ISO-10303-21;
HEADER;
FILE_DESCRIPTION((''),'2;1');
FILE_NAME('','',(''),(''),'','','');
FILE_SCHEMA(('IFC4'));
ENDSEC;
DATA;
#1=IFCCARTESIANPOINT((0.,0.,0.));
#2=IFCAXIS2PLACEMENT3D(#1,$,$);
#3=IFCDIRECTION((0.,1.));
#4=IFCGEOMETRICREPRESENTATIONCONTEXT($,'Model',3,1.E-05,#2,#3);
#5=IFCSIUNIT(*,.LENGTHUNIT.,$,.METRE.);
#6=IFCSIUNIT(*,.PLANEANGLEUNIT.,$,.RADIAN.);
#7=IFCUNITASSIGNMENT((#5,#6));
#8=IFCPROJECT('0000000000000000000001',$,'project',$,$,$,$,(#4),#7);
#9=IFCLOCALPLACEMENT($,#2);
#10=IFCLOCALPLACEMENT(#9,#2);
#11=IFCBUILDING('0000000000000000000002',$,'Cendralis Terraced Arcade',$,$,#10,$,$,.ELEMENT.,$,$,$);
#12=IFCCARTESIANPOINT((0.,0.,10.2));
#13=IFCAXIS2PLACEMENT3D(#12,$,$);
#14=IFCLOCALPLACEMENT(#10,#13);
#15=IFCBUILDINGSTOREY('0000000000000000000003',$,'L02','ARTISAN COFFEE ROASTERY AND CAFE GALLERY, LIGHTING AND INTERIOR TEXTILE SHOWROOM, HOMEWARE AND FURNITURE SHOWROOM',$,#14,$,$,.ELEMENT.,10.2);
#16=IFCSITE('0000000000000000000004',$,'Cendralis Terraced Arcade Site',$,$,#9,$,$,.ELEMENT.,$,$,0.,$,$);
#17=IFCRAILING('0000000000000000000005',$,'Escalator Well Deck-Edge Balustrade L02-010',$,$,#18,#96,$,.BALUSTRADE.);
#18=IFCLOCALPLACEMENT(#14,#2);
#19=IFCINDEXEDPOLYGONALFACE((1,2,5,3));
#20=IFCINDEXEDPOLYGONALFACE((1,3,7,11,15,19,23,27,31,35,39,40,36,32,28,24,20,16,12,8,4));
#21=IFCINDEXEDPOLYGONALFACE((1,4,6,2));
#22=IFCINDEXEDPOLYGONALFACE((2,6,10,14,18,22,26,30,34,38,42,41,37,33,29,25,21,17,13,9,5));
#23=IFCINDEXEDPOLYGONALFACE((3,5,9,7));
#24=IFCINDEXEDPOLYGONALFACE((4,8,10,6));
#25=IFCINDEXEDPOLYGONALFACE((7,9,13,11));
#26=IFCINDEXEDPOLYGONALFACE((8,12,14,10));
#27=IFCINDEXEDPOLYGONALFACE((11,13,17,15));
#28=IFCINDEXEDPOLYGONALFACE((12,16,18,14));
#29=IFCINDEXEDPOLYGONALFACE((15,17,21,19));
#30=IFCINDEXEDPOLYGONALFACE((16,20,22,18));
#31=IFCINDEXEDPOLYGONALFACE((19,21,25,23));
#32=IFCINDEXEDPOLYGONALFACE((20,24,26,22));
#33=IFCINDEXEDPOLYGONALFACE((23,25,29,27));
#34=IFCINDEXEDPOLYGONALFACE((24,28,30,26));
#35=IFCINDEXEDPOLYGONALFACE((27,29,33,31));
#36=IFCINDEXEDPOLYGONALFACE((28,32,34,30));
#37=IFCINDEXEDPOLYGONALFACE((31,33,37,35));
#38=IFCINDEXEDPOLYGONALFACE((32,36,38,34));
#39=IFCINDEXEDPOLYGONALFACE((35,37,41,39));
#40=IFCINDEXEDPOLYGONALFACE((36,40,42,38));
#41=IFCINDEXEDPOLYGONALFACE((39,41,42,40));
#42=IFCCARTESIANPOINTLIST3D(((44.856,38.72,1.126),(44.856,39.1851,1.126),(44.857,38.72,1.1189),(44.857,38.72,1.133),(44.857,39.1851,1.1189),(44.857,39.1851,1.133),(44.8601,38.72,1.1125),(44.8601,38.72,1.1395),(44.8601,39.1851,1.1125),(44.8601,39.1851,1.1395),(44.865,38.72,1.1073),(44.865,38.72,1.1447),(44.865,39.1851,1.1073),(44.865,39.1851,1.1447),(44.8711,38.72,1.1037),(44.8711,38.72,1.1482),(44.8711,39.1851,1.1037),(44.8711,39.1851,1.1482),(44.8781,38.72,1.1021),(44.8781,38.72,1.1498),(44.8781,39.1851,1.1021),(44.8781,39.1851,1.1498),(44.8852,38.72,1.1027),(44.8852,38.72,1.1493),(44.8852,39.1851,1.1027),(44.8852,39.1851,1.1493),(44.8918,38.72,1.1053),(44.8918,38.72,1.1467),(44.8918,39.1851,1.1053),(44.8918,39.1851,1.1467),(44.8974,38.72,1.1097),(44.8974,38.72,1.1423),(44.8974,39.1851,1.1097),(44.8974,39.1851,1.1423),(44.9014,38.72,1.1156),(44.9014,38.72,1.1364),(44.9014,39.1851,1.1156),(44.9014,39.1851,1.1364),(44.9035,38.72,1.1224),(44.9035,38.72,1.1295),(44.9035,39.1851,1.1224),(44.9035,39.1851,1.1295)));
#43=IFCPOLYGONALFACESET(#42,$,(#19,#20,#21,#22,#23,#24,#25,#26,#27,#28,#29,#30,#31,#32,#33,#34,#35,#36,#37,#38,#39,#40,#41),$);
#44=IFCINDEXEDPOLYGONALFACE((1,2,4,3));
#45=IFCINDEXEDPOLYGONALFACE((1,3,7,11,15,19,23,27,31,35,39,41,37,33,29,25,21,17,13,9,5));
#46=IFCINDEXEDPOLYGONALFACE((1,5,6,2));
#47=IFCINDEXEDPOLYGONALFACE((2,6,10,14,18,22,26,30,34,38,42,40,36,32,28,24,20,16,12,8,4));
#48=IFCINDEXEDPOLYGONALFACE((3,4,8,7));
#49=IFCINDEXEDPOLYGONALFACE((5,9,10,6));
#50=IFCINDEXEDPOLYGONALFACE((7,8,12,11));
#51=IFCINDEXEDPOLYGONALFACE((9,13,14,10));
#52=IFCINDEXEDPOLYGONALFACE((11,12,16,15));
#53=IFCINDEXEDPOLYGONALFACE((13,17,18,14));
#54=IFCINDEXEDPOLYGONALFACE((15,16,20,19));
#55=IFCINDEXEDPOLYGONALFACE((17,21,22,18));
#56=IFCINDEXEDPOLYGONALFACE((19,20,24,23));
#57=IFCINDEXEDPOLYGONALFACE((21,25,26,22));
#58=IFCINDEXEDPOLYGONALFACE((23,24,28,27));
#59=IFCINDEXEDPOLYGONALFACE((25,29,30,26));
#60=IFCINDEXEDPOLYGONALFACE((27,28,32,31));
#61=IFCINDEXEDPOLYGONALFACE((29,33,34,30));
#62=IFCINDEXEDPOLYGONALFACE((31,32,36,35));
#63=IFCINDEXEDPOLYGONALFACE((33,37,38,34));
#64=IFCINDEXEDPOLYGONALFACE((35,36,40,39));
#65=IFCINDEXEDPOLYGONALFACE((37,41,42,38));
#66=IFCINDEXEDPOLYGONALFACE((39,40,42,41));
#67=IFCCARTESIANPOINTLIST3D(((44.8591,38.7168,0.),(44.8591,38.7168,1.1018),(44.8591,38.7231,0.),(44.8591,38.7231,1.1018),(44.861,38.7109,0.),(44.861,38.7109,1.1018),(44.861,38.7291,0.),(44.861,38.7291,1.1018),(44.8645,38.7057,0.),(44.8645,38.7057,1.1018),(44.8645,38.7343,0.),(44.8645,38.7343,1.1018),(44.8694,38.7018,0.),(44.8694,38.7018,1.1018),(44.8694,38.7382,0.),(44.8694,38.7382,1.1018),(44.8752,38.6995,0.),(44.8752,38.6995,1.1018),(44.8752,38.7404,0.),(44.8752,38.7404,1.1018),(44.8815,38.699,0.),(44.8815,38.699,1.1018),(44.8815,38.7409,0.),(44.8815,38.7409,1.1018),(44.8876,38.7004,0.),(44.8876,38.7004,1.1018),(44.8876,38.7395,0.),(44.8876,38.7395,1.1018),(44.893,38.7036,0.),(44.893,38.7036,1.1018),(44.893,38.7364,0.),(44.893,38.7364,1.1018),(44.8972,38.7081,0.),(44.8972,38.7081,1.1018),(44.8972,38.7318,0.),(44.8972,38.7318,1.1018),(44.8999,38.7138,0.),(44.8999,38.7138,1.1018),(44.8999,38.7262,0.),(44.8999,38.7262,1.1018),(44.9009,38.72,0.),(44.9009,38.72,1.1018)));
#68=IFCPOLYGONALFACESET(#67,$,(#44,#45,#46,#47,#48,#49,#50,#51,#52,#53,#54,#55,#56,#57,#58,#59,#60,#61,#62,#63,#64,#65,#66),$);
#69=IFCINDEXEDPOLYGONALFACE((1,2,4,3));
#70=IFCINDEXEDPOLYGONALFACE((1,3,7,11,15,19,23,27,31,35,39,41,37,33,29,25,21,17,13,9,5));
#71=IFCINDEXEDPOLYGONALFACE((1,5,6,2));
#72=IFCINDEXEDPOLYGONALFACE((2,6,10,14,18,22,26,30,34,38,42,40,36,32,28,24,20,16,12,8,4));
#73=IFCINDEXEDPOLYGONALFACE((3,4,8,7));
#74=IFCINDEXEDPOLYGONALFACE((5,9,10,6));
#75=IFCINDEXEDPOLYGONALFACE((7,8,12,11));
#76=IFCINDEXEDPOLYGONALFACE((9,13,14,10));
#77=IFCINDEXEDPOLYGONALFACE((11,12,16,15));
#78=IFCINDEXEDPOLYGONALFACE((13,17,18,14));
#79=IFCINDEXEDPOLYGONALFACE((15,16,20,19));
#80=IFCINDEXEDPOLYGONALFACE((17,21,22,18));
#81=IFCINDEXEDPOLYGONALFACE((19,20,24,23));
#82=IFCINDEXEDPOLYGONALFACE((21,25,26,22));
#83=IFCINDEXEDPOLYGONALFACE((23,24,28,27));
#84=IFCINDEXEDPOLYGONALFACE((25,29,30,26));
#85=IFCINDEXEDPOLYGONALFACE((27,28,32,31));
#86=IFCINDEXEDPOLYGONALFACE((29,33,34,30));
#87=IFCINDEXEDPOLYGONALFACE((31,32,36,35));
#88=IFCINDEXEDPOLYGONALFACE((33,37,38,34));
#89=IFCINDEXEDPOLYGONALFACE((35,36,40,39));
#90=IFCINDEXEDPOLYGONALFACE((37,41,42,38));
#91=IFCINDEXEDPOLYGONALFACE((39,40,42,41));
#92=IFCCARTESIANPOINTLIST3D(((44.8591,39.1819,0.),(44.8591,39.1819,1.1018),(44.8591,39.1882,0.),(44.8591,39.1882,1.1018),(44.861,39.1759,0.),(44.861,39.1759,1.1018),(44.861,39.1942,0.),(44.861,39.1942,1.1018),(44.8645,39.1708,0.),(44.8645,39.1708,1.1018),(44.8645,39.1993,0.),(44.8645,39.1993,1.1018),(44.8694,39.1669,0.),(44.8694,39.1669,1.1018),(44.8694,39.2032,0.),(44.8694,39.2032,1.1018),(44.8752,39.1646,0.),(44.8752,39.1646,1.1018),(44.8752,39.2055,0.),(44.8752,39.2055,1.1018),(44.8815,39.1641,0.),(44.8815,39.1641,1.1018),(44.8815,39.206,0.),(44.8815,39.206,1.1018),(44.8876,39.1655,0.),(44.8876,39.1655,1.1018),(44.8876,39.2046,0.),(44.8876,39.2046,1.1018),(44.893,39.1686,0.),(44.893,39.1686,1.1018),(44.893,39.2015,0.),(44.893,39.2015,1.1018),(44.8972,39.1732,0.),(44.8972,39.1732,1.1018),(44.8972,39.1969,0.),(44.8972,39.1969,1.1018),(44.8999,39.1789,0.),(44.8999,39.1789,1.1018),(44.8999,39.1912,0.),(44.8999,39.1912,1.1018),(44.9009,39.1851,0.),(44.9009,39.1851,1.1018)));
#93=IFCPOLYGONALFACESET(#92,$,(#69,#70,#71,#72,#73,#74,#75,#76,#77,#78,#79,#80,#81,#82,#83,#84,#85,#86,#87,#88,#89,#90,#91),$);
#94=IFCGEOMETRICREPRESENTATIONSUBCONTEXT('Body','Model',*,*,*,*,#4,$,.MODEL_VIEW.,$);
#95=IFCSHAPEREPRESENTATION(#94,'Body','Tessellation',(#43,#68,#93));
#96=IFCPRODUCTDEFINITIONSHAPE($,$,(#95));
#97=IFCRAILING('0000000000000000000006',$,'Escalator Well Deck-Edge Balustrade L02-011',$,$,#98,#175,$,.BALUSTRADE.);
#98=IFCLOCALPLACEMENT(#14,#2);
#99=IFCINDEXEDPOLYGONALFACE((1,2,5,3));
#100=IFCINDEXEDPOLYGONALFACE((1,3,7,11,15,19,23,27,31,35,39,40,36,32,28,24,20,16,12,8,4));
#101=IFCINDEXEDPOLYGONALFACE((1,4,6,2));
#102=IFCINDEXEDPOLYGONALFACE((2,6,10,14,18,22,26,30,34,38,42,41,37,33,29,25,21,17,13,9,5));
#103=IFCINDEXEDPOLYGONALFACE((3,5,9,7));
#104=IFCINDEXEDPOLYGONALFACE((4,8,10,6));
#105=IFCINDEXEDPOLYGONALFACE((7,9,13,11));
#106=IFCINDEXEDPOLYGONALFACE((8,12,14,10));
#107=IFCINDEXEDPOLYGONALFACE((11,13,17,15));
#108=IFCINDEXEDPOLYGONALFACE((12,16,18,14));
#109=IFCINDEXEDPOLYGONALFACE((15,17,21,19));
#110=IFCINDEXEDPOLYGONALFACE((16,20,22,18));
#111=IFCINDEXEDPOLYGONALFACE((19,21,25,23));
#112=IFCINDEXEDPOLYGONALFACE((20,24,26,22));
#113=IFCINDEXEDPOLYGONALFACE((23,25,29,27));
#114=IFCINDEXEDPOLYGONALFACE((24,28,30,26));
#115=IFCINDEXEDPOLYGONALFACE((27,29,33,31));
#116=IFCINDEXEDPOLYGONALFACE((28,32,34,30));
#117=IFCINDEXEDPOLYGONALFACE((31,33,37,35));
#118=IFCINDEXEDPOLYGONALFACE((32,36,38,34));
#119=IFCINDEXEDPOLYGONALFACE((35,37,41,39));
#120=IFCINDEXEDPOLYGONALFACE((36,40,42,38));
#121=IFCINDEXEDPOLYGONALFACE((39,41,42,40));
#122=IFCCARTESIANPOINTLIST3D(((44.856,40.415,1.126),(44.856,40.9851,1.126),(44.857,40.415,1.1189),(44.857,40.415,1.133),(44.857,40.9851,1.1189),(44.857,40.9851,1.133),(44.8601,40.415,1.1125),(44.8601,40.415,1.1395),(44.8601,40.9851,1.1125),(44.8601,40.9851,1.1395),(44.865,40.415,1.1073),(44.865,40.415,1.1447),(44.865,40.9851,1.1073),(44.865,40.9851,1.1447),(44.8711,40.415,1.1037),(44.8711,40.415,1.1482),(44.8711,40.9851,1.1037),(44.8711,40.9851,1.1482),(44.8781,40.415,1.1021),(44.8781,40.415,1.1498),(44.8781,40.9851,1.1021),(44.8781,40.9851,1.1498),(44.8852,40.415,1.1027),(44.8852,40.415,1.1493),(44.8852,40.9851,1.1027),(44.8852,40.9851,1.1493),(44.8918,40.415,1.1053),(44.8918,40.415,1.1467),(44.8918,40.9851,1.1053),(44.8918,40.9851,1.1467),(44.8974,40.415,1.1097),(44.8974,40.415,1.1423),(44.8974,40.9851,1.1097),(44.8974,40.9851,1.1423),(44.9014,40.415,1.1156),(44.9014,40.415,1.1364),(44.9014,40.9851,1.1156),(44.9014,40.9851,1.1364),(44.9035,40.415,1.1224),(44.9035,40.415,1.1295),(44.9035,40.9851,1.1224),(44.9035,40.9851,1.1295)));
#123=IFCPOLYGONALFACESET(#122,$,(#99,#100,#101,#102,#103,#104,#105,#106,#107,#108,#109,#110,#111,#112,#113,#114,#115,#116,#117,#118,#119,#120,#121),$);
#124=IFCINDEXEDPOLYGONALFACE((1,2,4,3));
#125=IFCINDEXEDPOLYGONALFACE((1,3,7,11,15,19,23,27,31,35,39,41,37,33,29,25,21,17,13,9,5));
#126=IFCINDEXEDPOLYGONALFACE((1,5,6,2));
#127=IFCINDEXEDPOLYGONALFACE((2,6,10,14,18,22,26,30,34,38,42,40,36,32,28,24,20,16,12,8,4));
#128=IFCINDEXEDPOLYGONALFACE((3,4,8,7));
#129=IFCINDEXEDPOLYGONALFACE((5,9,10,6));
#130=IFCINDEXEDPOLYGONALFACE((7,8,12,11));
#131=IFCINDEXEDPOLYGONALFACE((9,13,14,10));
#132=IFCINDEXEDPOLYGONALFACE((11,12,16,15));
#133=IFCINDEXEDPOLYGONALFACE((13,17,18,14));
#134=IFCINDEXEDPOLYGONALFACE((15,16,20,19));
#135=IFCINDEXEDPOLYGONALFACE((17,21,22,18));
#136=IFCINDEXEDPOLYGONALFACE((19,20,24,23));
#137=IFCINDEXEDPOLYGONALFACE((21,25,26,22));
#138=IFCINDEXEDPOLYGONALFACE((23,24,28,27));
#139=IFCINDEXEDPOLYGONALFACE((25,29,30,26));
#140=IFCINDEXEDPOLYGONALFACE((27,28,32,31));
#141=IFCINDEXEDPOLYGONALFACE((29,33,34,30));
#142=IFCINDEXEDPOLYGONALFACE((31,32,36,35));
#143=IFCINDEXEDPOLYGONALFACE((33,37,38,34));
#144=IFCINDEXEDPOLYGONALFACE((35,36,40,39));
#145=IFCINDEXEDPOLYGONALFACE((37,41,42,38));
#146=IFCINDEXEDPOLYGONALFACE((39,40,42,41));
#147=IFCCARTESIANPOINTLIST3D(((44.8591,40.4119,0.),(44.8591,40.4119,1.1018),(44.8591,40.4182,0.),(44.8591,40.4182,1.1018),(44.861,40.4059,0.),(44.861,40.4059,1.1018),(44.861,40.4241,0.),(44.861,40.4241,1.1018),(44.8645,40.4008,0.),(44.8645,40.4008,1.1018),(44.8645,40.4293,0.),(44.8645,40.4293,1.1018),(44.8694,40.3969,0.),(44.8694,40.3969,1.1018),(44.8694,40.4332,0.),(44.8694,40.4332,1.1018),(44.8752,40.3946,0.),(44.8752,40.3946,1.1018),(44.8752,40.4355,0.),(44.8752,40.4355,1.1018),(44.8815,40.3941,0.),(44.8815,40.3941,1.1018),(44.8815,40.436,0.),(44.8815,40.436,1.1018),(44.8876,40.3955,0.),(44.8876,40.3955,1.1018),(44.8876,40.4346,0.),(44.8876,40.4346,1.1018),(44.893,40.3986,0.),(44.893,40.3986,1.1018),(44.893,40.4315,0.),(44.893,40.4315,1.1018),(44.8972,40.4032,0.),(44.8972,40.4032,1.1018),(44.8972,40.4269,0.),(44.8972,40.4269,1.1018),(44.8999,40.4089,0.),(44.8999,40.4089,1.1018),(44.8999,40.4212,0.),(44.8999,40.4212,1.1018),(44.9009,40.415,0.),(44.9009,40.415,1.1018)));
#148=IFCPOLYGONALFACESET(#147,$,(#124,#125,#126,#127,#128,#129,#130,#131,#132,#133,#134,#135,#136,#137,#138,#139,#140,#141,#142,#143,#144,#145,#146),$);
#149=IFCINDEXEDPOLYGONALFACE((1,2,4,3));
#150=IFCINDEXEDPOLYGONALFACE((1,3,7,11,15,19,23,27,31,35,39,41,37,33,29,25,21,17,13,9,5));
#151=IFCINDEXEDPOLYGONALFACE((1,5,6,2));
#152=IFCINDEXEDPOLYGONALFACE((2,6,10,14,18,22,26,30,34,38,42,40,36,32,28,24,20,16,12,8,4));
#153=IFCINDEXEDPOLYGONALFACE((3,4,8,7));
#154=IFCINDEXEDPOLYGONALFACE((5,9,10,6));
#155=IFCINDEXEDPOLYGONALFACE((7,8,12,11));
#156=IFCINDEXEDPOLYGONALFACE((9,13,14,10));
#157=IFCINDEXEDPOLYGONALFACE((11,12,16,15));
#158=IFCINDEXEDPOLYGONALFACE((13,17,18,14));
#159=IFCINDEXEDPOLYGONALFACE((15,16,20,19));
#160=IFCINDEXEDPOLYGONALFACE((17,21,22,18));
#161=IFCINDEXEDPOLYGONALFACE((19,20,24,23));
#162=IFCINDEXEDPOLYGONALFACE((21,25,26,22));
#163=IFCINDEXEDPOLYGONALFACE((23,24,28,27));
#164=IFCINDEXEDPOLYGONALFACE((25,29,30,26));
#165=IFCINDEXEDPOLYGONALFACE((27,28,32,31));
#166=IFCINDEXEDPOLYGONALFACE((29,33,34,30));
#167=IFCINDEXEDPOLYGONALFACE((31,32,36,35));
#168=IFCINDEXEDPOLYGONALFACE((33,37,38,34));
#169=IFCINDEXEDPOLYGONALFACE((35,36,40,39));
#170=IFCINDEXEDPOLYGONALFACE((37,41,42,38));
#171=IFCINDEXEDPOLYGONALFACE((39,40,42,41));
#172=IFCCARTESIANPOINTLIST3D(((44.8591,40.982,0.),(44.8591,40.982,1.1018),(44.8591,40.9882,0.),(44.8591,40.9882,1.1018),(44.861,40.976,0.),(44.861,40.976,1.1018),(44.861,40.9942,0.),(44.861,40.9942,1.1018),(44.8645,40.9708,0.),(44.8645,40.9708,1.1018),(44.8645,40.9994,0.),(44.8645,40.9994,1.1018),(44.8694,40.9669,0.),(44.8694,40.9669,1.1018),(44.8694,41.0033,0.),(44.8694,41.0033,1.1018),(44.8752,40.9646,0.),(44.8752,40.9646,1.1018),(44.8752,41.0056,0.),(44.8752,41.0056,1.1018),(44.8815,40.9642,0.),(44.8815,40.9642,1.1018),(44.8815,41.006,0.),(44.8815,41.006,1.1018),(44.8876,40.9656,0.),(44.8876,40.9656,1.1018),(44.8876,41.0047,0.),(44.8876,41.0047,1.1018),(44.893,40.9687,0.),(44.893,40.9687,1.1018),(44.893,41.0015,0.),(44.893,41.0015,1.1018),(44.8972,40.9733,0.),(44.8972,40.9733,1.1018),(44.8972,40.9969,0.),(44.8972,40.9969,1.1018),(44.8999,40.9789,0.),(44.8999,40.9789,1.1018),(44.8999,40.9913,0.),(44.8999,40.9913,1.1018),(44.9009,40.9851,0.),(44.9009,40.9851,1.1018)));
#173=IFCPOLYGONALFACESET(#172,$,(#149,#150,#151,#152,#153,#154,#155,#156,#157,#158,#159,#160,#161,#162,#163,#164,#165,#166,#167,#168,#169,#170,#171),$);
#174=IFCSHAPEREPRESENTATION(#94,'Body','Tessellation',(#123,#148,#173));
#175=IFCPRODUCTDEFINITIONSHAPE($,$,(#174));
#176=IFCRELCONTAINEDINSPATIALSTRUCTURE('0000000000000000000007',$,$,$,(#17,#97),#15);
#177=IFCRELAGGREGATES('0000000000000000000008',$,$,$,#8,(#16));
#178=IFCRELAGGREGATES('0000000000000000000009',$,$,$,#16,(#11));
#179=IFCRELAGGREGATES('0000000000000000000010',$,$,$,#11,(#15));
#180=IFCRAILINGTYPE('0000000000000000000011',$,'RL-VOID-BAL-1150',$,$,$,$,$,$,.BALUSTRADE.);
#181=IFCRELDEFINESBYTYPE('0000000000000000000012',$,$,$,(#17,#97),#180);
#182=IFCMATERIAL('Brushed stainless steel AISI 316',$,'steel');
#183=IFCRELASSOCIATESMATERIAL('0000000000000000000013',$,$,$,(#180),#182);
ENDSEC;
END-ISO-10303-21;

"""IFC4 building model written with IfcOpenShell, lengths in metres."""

from ifc_helpers import new_model, si_unit, direction, frame, origin, origin_2d, place, context, subcontext, project, spatial, circle, extrude, material, type_object, element, save


model = new_model("IFC4")

# Units and contexts
model_context = context("Model", 3, precision=1e-05, world=origin(), true_north=direction((0.0, 1.0)))
body_context = subcontext(model_context, "Body", "Model", "MODEL_VIEW")
ifc_project = project(units=[si_unit("LENGTHUNIT", "METRE"), si_unit("PLANEANGLEUNIT", "RADIAN")], contexts=[model_context])

# Site, building, storey
site_placement = place(None, origin())
site = spatial("IfcSite", under=ifc_project, at=site_placement, Name="Cendralis Terraced Arcade Site", CompositionType="ELEMENT", RefElevation=0.0)
building_placement = place(site_placement, origin())
building = spatial("IfcBuilding", under=site, at=building_placement, Name="Cendralis Terraced Arcade", CompositionType="ELEMENT")
storey_placement = place(building_placement, frame((0.0, 0.0, 10.2)))
storey = spatial("IfcBuildingStorey", under=building, at=storey_placement, Name="L02", Description="ARTISAN COFFEE ROASTERY AND CAFE GALLERY, LIGHTING AND INTERIOR TEXTILE SHOWROOM, HOMEWARE AND FURNITURE SHOWROOM", CompositionType="ELEMENT", Elevation=10.2)

# Railings
ifc_material_1 = material(Name="Brushed stainless steel AISI 316", Category="steel")
railing_type_1 = type_object("IfcRailingType", Name="RL-VOID-BAL-1150", PredefinedType="BALUSTRADE", material=ifc_material_1)
railing_1_placement = place(storey_placement, frame((44.8799, 38.72, 0.0)))
element("IfcRailing", 1, at=railing_1_placement, inside=storey, type_object=railing_type_1, Name="Escalator Well Deck-Edge Balustrade L02-010", PredefinedType="BALUSTRADE", context=body_context, shape_type="SweptSolid", body=[
    extrude(circle(Radius=0.0239, at=origin_2d()), frame((0.0, 0.0, 1.126), z_axis=(0.0, 1.0, 0.0), x_axis=(-1.0, 0.0, 0.0)), (0.0, 0.0, 1.0), 0.4651),
    extrude(circle(Radius=0.021, at=origin_2d()), origin(), (0.0, 0.0, 1.0), 1.1018),
    extrude(circle(Radius=0.021, at=origin_2d()), frame((0.0, 0.4651, 0.0)), (0.0, 0.0, 1.0), 1.1018),
])
railing_2_placement = place(storey_placement, frame((44.8799, 40.415, 0.0)))
element("IfcRailing", 2, at=railing_2_placement, inside=storey, type_object=railing_type_1, Name="Escalator Well Deck-Edge Balustrade L02-011", PredefinedType="BALUSTRADE", context=body_context, shape_type="SweptSolid", body=[
    extrude(circle(Radius=0.0239, at=origin_2d()), frame((0.0, 0.0, 1.126), z_axis=(0.0, 1.0, 0.0), x_axis=(-1.0, 0.0, 0.0)), (0.0, 0.0, 1.0), 0.5701),
    extrude(circle(Radius=0.021, at=origin_2d()), origin(), (0.0, 0.0, 1.0), 1.1018),
    extrude(circle(Radius=0.021, at=origin_2d()), frame((0.0, 0.5701, 0.0)), (0.0, 0.0, 1.0), 1.1018),
])

save(model, "model.ifc")
